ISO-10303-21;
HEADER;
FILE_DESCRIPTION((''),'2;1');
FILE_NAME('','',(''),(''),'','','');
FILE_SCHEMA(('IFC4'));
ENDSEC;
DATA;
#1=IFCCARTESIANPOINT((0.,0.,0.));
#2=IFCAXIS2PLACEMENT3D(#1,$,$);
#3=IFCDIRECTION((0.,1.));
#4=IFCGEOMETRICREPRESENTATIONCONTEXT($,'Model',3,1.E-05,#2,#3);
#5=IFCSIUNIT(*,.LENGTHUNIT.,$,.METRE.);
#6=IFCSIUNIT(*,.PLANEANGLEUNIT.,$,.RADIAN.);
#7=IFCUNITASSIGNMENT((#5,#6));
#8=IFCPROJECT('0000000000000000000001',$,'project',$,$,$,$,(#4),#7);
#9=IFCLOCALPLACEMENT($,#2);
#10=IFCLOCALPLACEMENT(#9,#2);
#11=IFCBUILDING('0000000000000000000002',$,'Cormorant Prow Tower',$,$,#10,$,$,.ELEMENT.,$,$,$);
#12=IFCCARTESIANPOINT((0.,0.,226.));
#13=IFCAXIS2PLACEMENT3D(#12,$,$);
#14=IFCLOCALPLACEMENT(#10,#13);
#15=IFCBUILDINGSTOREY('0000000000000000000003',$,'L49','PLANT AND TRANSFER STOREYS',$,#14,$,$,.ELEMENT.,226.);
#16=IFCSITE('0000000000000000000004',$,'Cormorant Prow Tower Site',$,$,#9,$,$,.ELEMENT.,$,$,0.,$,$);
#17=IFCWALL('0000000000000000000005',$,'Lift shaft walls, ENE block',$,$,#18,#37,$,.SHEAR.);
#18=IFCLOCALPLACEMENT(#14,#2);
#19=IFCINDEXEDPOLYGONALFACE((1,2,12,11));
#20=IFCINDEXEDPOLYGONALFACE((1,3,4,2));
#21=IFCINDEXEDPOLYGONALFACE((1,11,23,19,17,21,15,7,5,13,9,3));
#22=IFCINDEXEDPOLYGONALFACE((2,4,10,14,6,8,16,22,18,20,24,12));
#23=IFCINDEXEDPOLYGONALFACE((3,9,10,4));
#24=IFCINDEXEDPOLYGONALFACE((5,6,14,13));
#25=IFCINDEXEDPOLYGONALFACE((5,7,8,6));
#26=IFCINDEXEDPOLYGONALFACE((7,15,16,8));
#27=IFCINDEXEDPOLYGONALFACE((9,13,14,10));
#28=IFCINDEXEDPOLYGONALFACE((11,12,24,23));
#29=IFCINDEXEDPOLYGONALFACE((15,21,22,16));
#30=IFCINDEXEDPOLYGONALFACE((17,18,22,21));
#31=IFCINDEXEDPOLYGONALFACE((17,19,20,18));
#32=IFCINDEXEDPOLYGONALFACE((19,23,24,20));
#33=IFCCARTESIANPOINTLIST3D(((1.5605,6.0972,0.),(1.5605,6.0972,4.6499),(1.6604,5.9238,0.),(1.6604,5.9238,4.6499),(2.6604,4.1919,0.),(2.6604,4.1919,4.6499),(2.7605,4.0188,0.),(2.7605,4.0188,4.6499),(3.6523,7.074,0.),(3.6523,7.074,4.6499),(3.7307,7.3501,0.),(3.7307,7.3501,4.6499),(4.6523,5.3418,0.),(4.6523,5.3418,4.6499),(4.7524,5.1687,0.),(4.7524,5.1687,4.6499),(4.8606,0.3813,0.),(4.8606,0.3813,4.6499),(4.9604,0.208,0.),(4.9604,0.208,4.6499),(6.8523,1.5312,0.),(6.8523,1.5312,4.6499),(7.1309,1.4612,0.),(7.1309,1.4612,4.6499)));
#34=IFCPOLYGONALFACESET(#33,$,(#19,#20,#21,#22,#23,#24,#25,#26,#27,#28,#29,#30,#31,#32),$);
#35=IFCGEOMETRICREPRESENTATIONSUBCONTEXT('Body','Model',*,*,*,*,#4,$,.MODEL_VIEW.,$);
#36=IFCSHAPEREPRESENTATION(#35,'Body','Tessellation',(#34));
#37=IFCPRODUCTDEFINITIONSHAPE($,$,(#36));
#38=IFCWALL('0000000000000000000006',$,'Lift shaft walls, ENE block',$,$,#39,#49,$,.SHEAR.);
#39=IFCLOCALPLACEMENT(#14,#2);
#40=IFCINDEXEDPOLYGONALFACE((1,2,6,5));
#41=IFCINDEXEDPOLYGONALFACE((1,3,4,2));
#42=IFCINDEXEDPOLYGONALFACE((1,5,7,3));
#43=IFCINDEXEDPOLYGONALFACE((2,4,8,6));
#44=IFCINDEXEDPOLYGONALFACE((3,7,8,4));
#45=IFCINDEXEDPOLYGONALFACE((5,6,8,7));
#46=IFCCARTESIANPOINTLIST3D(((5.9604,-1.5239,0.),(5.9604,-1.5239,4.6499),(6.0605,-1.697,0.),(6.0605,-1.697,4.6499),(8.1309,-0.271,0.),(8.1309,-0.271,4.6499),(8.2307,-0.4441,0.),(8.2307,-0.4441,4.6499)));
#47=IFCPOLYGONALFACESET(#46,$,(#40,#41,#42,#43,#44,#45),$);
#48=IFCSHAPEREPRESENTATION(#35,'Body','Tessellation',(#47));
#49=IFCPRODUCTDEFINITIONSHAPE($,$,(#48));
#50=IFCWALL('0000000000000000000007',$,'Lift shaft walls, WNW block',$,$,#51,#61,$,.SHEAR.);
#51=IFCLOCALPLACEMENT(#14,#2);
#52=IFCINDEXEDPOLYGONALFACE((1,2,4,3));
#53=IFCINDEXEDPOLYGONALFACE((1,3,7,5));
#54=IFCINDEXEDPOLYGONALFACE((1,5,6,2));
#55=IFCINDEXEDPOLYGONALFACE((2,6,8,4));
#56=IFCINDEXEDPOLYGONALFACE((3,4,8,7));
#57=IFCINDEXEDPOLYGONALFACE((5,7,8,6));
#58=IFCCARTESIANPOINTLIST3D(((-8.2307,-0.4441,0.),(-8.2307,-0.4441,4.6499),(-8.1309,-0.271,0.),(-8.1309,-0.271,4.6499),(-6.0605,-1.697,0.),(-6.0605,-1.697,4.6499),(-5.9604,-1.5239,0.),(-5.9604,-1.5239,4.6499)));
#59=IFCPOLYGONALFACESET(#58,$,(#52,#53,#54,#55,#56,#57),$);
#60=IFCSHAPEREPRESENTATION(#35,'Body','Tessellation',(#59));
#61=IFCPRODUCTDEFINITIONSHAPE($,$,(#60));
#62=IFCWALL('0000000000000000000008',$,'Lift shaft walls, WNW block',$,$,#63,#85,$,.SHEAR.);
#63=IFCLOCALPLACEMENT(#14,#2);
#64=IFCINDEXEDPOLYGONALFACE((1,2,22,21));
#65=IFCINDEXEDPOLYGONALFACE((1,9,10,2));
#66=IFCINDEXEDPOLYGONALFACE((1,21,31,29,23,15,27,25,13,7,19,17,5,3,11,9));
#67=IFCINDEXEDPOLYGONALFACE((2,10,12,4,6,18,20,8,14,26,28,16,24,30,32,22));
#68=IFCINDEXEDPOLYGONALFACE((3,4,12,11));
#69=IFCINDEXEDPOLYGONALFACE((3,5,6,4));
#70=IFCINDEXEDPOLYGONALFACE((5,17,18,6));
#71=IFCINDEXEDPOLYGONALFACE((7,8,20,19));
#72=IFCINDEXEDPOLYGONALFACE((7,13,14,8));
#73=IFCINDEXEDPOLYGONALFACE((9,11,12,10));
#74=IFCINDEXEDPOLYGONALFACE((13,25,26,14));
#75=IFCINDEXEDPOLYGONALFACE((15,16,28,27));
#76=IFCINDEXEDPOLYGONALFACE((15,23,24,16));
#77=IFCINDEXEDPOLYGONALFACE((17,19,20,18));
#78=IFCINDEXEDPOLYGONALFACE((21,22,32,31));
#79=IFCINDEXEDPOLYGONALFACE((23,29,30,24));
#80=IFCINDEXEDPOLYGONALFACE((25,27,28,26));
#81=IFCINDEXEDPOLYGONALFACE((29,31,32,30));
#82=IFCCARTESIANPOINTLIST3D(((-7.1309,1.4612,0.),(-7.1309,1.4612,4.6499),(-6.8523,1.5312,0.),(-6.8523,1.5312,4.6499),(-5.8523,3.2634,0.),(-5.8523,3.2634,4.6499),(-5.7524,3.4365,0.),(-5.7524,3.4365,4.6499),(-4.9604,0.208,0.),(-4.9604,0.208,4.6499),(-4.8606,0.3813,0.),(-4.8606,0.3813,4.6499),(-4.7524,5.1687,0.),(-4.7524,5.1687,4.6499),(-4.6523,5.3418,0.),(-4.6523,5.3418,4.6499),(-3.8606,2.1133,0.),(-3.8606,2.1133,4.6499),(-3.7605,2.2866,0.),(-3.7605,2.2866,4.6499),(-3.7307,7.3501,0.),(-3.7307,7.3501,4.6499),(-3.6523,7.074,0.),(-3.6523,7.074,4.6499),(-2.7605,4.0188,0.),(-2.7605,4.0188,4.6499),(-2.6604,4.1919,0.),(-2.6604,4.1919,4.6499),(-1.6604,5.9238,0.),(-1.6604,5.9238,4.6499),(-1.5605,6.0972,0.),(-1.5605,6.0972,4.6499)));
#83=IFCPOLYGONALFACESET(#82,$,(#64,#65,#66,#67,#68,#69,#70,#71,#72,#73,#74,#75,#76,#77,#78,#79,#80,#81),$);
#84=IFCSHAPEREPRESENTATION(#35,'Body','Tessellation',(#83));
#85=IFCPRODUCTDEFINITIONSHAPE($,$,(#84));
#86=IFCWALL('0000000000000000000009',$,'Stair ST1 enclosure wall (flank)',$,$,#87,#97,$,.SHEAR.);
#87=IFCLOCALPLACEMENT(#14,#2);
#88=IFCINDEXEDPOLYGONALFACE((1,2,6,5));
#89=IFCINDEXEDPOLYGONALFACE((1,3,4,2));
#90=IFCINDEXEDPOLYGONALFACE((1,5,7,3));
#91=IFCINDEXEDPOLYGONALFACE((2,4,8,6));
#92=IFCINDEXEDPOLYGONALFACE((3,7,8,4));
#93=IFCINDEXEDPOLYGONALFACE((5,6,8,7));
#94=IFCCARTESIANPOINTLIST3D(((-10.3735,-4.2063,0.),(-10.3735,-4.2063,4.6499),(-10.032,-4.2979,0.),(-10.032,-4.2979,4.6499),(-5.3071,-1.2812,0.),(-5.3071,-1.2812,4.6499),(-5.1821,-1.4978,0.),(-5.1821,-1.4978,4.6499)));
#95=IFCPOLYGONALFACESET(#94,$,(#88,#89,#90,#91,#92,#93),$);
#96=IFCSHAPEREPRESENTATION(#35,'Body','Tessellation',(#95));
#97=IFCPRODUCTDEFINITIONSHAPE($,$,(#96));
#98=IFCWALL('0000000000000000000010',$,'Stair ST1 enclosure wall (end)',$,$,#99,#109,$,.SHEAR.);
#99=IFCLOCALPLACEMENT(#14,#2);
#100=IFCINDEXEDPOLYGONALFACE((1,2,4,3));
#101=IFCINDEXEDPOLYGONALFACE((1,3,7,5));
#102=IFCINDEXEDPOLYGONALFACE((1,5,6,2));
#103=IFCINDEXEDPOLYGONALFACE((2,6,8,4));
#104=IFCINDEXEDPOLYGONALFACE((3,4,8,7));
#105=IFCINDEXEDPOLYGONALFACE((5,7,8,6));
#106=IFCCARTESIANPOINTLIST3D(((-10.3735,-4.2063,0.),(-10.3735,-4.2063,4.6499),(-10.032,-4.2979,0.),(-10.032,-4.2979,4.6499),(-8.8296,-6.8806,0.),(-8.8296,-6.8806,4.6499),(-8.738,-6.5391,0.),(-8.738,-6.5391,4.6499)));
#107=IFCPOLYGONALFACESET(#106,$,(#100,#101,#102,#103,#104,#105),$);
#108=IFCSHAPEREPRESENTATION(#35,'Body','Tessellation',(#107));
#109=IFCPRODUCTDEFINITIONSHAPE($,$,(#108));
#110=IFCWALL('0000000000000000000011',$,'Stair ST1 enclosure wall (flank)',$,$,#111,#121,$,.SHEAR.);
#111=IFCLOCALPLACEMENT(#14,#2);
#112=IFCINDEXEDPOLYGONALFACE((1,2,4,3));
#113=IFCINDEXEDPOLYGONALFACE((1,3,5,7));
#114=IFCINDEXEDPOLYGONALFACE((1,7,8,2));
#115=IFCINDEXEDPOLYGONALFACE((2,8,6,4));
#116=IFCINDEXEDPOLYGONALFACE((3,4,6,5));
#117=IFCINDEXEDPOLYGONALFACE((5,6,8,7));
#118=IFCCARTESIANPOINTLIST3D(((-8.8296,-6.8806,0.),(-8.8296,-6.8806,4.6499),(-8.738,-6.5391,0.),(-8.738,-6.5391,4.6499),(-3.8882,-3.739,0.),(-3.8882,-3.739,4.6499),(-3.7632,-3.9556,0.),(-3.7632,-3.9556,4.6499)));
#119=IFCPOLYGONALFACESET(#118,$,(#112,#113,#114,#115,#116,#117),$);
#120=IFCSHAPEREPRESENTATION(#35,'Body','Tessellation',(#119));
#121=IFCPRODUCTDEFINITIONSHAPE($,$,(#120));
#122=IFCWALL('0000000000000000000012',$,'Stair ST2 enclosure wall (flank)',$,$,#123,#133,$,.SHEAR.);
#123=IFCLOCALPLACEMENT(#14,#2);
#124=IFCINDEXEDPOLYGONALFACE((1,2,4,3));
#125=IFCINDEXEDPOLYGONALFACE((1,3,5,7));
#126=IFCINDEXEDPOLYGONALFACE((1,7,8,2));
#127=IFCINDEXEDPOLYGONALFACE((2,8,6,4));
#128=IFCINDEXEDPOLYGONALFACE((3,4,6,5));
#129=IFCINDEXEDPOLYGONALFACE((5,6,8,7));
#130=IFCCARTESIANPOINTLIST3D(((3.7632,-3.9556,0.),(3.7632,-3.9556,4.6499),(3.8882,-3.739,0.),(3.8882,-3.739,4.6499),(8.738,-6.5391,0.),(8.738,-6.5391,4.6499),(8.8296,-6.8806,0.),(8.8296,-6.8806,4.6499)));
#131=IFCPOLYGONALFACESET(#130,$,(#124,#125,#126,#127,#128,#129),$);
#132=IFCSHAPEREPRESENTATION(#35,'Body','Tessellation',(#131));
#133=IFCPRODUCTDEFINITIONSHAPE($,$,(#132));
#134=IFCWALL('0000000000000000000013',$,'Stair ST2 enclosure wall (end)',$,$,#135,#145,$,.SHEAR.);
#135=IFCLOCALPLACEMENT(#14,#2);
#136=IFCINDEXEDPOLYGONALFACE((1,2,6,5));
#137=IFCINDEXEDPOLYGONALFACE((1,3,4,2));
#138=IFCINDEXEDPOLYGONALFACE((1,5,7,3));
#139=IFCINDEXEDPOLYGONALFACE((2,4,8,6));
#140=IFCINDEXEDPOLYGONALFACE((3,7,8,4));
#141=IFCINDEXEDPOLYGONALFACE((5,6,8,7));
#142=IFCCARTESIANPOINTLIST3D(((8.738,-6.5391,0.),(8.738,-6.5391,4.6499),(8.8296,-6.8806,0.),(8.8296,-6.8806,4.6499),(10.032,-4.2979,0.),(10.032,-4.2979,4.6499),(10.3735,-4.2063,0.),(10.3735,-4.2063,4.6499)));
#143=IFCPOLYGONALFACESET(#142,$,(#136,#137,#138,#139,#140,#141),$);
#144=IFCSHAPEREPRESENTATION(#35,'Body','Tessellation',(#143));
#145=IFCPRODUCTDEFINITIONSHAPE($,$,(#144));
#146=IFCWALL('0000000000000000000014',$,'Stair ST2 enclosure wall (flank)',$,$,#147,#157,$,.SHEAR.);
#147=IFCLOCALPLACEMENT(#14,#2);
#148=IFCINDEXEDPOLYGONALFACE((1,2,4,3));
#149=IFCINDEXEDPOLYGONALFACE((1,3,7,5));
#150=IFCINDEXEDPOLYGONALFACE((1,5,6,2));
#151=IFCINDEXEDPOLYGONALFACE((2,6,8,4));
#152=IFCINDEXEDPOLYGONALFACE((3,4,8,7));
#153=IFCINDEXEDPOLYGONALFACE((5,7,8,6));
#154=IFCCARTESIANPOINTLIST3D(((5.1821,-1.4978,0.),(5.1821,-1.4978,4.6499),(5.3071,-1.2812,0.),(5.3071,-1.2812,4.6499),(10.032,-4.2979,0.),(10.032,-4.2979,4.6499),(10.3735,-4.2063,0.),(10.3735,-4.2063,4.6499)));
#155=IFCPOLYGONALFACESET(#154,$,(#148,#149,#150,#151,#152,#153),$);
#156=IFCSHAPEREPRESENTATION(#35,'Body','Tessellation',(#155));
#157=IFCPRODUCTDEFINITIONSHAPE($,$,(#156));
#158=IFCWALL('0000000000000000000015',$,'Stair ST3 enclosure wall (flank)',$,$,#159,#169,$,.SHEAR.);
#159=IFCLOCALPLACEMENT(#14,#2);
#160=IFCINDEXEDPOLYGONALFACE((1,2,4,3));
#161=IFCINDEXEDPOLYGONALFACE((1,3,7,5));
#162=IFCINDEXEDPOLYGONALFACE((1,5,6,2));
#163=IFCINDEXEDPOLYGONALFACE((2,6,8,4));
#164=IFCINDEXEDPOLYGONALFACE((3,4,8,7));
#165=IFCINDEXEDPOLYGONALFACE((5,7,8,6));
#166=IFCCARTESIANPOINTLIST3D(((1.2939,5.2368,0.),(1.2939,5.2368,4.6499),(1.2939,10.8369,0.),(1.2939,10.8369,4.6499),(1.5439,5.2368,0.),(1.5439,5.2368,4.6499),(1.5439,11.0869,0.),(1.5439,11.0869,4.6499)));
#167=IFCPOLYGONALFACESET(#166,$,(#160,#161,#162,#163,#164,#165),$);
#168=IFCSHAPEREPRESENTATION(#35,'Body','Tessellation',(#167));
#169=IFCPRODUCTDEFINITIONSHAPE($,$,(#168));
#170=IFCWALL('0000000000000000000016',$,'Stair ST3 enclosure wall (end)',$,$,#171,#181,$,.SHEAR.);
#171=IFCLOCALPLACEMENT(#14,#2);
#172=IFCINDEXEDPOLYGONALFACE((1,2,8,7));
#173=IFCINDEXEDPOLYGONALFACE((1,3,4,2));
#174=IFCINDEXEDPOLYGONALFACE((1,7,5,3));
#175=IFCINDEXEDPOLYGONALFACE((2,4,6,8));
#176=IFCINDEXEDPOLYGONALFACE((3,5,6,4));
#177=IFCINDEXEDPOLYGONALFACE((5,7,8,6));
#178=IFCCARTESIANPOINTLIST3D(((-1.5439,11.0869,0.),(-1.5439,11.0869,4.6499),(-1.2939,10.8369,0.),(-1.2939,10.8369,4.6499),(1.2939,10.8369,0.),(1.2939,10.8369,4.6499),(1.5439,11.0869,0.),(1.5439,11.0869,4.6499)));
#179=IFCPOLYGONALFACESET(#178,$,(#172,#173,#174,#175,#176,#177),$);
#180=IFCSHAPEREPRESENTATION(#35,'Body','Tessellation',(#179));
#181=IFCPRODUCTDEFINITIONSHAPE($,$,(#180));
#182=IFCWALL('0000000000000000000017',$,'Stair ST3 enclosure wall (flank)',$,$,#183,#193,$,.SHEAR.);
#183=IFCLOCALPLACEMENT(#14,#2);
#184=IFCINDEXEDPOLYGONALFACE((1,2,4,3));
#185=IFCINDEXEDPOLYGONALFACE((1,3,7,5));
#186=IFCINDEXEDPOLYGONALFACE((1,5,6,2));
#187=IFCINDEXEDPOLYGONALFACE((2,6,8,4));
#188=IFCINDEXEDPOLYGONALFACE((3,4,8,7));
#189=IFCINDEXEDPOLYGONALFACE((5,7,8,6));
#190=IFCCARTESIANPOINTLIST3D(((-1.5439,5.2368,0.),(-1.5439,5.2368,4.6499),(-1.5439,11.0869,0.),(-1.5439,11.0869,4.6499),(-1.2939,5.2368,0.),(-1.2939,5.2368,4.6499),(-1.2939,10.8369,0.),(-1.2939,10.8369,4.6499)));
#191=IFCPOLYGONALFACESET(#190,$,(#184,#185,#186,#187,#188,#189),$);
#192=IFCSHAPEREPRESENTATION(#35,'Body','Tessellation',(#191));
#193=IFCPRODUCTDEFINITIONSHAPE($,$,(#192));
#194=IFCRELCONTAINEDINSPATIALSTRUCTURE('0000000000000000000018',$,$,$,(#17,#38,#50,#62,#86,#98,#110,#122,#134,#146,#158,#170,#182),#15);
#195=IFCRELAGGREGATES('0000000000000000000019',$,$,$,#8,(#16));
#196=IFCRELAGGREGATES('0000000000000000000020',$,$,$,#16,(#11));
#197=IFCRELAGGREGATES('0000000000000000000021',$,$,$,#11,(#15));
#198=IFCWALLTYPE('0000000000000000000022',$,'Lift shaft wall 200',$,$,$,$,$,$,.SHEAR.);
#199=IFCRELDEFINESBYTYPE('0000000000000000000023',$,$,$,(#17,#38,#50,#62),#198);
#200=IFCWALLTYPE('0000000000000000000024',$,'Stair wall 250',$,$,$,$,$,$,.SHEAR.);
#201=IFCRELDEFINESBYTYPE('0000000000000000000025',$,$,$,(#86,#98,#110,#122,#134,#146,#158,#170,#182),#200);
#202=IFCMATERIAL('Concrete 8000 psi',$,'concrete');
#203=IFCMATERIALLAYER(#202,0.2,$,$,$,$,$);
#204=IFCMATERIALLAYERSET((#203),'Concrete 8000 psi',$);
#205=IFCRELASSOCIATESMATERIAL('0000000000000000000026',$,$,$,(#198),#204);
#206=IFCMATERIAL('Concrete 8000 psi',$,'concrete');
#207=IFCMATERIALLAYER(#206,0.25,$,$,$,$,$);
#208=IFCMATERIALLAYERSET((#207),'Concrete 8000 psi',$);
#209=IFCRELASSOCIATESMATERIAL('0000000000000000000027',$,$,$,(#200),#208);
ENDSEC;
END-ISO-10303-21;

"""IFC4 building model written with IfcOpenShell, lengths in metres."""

from ifc_helpers import new_model, si_unit, direction, frame, origin, place, context, subcontext, project, spatial, polyline, outline, extrude, material, layer, layer_set, type_object, element, save


model = new_model("IFC4")

# Units and contexts
model_context = context("Model", 3, precision=1e-05, world=origin(), true_north=direction((0.0, 1.0)))
body_context = subcontext(model_context, "Body", "Model", "MODEL_VIEW")
ifc_project = project(units=[si_unit("LENGTHUNIT", "METRE"), si_unit("PLANEANGLEUNIT", "RADIAN")], contexts=[model_context])

# Site, building, storey
site_placement = place(None, origin())
site = spatial("IfcSite", under=ifc_project, at=site_placement, Name="Cormorant Prow Tower Site", CompositionType="ELEMENT", RefElevation=0.0)
building_placement = place(site_placement, origin())
building = spatial("IfcBuilding", under=site, at=building_placement, Name="Cormorant Prow Tower", CompositionType="ELEMENT")
storey_placement = place(building_placement, frame((0.0, 0.0, 226.0)))
storey = spatial("IfcBuildingStorey", under=building, at=storey_placement, Name="L49", Description="PLANT AND TRANSFER STOREYS", CompositionType="ELEMENT", Elevation=226.0)

# Walls
ifc_material_1 = material(Name="Concrete 8000 psi", Category="concrete")
ifc_layer_1 = layer(ifc_material_1, 0.2)
ifc_layer_set_1 = layer_set([ifc_layer_1], Name="Concrete 8000 psi")
wall_type_1 = type_object("IfcWallType", Name="Lift shaft wall 200", PredefinedType="SHEAR", material=ifc_layer_set_1)
wall_1_placement = place(storey_placement, origin())
element("IfcWall", 1, at=wall_1_placement, inside=storey, type_object=wall_type_1, Name="Lift shaft walls, ENE block", PredefinedType="SHEAR", context=body_context, shape_type="SweptSolid", body=[
    extrude(outline(polyline([(1.5605, 6.0972), (3.7307, 7.3501), (7.1309, 1.4612), (4.9604, 0.208), (4.8606, 0.3813), (6.8523, 1.5312), (4.7524, 5.1687), (2.7605, 4.0188), (2.6604, 4.1919), (4.6523, 5.3418), (3.6523, 7.074), (1.6604, 5.9238), (1.5605, 6.0972)])), origin(), (0.0, 0.0, 1.0), 4.6499),
])
wall_2_placement = place(storey_placement, origin())
element("IfcWall", 2, at=wall_2_placement, inside=storey, type_object=wall_type_1, Name="Lift shaft walls, ENE block", PredefinedType="SHEAR", context=body_context, shape_type="SweptSolid", body=[
    extrude(outline(polyline([(8.2307, -0.4441), (6.0605, -1.697), (5.9604, -1.5239), (8.1309, -0.271), (8.2307, -0.4441)])), origin(), (0.0, 0.0, 1.0), 4.6499),
])
wall_3_placement = place(storey_placement, origin())
element("IfcWall", 3, at=wall_3_placement, inside=storey, type_object=wall_type_1, Name="Lift shaft walls, WNW block", PredefinedType="SHEAR", context=body_context, shape_type="SweptSolid", body=[
    extrude(outline(polyline([(-6.0605, -1.697), (-8.2307, -0.4441), (-8.1309, -0.271), (-5.9604, -1.5239), (-6.0605, -1.697)])), origin(), (0.0, 0.0, 1.0), 4.6499),
])
wall_4_placement = place(storey_placement, origin())
element("IfcWall", 4, at=wall_4_placement, inside=storey, type_object=wall_type_1, Name="Lift shaft walls, WNW block", PredefinedType="SHEAR", context=body_context, shape_type="SweptSolid", body=[
    extrude(outline(polyline([(-4.9604, 0.208), (-7.1309, 1.4612), (-3.7307, 7.3501), (-1.5605, 6.0972), (-1.6604, 5.9238), (-3.6523, 7.074), (-4.6523, 5.3418), (-2.6604, 4.1919), (-2.7605, 4.0188), (-4.7524, 5.1687), (-5.7524, 3.4365), (-3.7605, 2.2866), (-3.8606, 2.1133), (-5.8523, 3.2634), (-6.8523, 1.5312), (-4.8606, 0.3813), (-4.9604, 0.208)])), origin(), (0.0, 0.0, 1.0), 4.6499),
])
ifc_material_2 = material(Name="Concrete 8000 psi", Category="concrete")
ifc_layer_2 = layer(ifc_material_2, 0.25)
ifc_layer_set_2 = layer_set([ifc_layer_2], Name="Concrete 8000 psi")
wall_type_2 = type_object("IfcWallType", Name="Stair wall 250", PredefinedType="SHEAR", material=ifc_layer_set_2)
wall_5_placement = place(storey_placement, origin())
element("IfcWall", 5, at=wall_5_placement, inside=storey, type_object=wall_type_2, Name="Stair ST1 enclosure wall (flank)", PredefinedType="SHEAR", context=body_context, shape_type="SweptSolid", body=[
    extrude(outline(polyline([(-5.3071, -1.2812), (-10.3735, -4.2063), (-10.032, -4.2979), (-5.1821, -1.4978), (-5.3071, -1.2812)])), origin(), (0.0, 0.0, 1.0), 4.6499),
])
wall_6_placement = place(storey_placement, origin())
element("IfcWall", 6, at=wall_6_placement, inside=storey, type_object=wall_type_2, Name="Stair ST1 enclosure wall (end)", PredefinedType="SHEAR", context=body_context, shape_type="SweptSolid", body=[
    extrude(outline(polyline([(-10.3735, -4.2063), (-8.8296, -6.8806), (-8.738, -6.5391), (-10.032, -4.2979), (-10.3735, -4.2063)])), origin(), (0.0, 0.0, 1.0), 4.6499),
])
wall_7_placement = place(storey_placement, origin())
element("IfcWall", 7, at=wall_7_placement, inside=storey, type_object=wall_type_2, Name="Stair ST1 enclosure wall (flank)", PredefinedType="SHEAR", context=body_context, shape_type="SweptSolid", body=[
    extrude(outline(polyline([(-8.738, -6.5391), (-8.8296, -6.8806), (-3.7632, -3.9556), (-3.8882, -3.739), (-8.738, -6.5391)])), origin(), (0.0, 0.0, 1.0), 4.6499),
])
wall_8_placement = place(storey_placement, origin())
element("IfcWall", 8, at=wall_8_placement, inside=storey, type_object=wall_type_2, Name="Stair ST2 enclosure wall (flank)", PredefinedType="SHEAR", context=body_context, shape_type="SweptSolid", body=[
    extrude(outline(polyline([(3.7632, -3.9556), (8.8296, -6.8806), (8.738, -6.5391), (3.8882, -3.739), (3.7632, -3.9556)])), origin(), (0.0, 0.0, 1.0), 4.6499),
])
wall_9_placement = place(storey_placement, origin())
element("IfcWall", 9, at=wall_9_placement, inside=storey, type_object=wall_type_2, Name="Stair ST2 enclosure wall (end)", PredefinedType="SHEAR", context=body_context, shape_type="SweptSolid", body=[
    extrude(outline(polyline([(8.8296, -6.8806), (10.3735, -4.2063), (10.032, -4.2979), (8.738, -6.5391), (8.8296, -6.8806)])), origin(), (0.0, 0.0, 1.0), 4.6499),
])
wall_10_placement = place(storey_placement, origin())
element("IfcWall", 10, at=wall_10_placement, inside=storey, type_object=wall_type_2, Name="Stair ST2 enclosure wall (flank)", PredefinedType="SHEAR", context=body_context, shape_type="SweptSolid", body=[
    extrude(outline(polyline([(10.032, -4.2979), (10.3735, -4.2063), (5.3071, -1.2812), (5.1821, -1.4978), (10.032, -4.2979)])), origin(), (0.0, 0.0, 1.0), 4.6499),
])
wall_11_placement = place(storey_placement, origin())
element("IfcWall", 11, at=wall_11_placement, inside=storey, type_object=wall_type_2, Name="Stair ST3 enclosure wall (flank)", PredefinedType="SHEAR", context=body_context, shape_type="SweptSolid", body=[
    extrude(outline(polyline([(1.5439, 5.2368), (1.5439, 11.0869), (1.2939, 10.8369), (1.2939, 5.2368), (1.5439, 5.2368)])), origin(), (0.0, 0.0, 1.0), 4.6499),
])
wall_12_placement = place(storey_placement, origin())
element("IfcWall", 12, at=wall_12_placement, inside=storey, type_object=wall_type_2, Name="Stair ST3 enclosure wall (end)", PredefinedType="SHEAR", context=body_context, shape_type="SweptSolid", body=[
    extrude(outline(polyline([(1.5439, 11.0869), (-1.5439, 11.0869), (-1.2939, 10.8369), (1.2939, 10.8369), (1.5439, 11.0869)])), origin(), (0.0, 0.0, 1.0), 4.6499),
])
wall_13_placement = place(storey_placement, origin())
element("IfcWall", 13, at=wall_13_placement, inside=storey, type_object=wall_type_2, Name="Stair ST3 enclosure wall (flank)", PredefinedType="SHEAR", context=body_context, shape_type="SweptSolid", body=[
    extrude(outline(polyline([(-1.2939, 10.8369), (-1.5439, 11.0869), (-1.5439, 5.2368), (-1.2939, 5.2368), (-1.2939, 10.8369)])), origin(), (0.0, 0.0, 1.0), 4.6499),
])

save(model, "model.ifc")
